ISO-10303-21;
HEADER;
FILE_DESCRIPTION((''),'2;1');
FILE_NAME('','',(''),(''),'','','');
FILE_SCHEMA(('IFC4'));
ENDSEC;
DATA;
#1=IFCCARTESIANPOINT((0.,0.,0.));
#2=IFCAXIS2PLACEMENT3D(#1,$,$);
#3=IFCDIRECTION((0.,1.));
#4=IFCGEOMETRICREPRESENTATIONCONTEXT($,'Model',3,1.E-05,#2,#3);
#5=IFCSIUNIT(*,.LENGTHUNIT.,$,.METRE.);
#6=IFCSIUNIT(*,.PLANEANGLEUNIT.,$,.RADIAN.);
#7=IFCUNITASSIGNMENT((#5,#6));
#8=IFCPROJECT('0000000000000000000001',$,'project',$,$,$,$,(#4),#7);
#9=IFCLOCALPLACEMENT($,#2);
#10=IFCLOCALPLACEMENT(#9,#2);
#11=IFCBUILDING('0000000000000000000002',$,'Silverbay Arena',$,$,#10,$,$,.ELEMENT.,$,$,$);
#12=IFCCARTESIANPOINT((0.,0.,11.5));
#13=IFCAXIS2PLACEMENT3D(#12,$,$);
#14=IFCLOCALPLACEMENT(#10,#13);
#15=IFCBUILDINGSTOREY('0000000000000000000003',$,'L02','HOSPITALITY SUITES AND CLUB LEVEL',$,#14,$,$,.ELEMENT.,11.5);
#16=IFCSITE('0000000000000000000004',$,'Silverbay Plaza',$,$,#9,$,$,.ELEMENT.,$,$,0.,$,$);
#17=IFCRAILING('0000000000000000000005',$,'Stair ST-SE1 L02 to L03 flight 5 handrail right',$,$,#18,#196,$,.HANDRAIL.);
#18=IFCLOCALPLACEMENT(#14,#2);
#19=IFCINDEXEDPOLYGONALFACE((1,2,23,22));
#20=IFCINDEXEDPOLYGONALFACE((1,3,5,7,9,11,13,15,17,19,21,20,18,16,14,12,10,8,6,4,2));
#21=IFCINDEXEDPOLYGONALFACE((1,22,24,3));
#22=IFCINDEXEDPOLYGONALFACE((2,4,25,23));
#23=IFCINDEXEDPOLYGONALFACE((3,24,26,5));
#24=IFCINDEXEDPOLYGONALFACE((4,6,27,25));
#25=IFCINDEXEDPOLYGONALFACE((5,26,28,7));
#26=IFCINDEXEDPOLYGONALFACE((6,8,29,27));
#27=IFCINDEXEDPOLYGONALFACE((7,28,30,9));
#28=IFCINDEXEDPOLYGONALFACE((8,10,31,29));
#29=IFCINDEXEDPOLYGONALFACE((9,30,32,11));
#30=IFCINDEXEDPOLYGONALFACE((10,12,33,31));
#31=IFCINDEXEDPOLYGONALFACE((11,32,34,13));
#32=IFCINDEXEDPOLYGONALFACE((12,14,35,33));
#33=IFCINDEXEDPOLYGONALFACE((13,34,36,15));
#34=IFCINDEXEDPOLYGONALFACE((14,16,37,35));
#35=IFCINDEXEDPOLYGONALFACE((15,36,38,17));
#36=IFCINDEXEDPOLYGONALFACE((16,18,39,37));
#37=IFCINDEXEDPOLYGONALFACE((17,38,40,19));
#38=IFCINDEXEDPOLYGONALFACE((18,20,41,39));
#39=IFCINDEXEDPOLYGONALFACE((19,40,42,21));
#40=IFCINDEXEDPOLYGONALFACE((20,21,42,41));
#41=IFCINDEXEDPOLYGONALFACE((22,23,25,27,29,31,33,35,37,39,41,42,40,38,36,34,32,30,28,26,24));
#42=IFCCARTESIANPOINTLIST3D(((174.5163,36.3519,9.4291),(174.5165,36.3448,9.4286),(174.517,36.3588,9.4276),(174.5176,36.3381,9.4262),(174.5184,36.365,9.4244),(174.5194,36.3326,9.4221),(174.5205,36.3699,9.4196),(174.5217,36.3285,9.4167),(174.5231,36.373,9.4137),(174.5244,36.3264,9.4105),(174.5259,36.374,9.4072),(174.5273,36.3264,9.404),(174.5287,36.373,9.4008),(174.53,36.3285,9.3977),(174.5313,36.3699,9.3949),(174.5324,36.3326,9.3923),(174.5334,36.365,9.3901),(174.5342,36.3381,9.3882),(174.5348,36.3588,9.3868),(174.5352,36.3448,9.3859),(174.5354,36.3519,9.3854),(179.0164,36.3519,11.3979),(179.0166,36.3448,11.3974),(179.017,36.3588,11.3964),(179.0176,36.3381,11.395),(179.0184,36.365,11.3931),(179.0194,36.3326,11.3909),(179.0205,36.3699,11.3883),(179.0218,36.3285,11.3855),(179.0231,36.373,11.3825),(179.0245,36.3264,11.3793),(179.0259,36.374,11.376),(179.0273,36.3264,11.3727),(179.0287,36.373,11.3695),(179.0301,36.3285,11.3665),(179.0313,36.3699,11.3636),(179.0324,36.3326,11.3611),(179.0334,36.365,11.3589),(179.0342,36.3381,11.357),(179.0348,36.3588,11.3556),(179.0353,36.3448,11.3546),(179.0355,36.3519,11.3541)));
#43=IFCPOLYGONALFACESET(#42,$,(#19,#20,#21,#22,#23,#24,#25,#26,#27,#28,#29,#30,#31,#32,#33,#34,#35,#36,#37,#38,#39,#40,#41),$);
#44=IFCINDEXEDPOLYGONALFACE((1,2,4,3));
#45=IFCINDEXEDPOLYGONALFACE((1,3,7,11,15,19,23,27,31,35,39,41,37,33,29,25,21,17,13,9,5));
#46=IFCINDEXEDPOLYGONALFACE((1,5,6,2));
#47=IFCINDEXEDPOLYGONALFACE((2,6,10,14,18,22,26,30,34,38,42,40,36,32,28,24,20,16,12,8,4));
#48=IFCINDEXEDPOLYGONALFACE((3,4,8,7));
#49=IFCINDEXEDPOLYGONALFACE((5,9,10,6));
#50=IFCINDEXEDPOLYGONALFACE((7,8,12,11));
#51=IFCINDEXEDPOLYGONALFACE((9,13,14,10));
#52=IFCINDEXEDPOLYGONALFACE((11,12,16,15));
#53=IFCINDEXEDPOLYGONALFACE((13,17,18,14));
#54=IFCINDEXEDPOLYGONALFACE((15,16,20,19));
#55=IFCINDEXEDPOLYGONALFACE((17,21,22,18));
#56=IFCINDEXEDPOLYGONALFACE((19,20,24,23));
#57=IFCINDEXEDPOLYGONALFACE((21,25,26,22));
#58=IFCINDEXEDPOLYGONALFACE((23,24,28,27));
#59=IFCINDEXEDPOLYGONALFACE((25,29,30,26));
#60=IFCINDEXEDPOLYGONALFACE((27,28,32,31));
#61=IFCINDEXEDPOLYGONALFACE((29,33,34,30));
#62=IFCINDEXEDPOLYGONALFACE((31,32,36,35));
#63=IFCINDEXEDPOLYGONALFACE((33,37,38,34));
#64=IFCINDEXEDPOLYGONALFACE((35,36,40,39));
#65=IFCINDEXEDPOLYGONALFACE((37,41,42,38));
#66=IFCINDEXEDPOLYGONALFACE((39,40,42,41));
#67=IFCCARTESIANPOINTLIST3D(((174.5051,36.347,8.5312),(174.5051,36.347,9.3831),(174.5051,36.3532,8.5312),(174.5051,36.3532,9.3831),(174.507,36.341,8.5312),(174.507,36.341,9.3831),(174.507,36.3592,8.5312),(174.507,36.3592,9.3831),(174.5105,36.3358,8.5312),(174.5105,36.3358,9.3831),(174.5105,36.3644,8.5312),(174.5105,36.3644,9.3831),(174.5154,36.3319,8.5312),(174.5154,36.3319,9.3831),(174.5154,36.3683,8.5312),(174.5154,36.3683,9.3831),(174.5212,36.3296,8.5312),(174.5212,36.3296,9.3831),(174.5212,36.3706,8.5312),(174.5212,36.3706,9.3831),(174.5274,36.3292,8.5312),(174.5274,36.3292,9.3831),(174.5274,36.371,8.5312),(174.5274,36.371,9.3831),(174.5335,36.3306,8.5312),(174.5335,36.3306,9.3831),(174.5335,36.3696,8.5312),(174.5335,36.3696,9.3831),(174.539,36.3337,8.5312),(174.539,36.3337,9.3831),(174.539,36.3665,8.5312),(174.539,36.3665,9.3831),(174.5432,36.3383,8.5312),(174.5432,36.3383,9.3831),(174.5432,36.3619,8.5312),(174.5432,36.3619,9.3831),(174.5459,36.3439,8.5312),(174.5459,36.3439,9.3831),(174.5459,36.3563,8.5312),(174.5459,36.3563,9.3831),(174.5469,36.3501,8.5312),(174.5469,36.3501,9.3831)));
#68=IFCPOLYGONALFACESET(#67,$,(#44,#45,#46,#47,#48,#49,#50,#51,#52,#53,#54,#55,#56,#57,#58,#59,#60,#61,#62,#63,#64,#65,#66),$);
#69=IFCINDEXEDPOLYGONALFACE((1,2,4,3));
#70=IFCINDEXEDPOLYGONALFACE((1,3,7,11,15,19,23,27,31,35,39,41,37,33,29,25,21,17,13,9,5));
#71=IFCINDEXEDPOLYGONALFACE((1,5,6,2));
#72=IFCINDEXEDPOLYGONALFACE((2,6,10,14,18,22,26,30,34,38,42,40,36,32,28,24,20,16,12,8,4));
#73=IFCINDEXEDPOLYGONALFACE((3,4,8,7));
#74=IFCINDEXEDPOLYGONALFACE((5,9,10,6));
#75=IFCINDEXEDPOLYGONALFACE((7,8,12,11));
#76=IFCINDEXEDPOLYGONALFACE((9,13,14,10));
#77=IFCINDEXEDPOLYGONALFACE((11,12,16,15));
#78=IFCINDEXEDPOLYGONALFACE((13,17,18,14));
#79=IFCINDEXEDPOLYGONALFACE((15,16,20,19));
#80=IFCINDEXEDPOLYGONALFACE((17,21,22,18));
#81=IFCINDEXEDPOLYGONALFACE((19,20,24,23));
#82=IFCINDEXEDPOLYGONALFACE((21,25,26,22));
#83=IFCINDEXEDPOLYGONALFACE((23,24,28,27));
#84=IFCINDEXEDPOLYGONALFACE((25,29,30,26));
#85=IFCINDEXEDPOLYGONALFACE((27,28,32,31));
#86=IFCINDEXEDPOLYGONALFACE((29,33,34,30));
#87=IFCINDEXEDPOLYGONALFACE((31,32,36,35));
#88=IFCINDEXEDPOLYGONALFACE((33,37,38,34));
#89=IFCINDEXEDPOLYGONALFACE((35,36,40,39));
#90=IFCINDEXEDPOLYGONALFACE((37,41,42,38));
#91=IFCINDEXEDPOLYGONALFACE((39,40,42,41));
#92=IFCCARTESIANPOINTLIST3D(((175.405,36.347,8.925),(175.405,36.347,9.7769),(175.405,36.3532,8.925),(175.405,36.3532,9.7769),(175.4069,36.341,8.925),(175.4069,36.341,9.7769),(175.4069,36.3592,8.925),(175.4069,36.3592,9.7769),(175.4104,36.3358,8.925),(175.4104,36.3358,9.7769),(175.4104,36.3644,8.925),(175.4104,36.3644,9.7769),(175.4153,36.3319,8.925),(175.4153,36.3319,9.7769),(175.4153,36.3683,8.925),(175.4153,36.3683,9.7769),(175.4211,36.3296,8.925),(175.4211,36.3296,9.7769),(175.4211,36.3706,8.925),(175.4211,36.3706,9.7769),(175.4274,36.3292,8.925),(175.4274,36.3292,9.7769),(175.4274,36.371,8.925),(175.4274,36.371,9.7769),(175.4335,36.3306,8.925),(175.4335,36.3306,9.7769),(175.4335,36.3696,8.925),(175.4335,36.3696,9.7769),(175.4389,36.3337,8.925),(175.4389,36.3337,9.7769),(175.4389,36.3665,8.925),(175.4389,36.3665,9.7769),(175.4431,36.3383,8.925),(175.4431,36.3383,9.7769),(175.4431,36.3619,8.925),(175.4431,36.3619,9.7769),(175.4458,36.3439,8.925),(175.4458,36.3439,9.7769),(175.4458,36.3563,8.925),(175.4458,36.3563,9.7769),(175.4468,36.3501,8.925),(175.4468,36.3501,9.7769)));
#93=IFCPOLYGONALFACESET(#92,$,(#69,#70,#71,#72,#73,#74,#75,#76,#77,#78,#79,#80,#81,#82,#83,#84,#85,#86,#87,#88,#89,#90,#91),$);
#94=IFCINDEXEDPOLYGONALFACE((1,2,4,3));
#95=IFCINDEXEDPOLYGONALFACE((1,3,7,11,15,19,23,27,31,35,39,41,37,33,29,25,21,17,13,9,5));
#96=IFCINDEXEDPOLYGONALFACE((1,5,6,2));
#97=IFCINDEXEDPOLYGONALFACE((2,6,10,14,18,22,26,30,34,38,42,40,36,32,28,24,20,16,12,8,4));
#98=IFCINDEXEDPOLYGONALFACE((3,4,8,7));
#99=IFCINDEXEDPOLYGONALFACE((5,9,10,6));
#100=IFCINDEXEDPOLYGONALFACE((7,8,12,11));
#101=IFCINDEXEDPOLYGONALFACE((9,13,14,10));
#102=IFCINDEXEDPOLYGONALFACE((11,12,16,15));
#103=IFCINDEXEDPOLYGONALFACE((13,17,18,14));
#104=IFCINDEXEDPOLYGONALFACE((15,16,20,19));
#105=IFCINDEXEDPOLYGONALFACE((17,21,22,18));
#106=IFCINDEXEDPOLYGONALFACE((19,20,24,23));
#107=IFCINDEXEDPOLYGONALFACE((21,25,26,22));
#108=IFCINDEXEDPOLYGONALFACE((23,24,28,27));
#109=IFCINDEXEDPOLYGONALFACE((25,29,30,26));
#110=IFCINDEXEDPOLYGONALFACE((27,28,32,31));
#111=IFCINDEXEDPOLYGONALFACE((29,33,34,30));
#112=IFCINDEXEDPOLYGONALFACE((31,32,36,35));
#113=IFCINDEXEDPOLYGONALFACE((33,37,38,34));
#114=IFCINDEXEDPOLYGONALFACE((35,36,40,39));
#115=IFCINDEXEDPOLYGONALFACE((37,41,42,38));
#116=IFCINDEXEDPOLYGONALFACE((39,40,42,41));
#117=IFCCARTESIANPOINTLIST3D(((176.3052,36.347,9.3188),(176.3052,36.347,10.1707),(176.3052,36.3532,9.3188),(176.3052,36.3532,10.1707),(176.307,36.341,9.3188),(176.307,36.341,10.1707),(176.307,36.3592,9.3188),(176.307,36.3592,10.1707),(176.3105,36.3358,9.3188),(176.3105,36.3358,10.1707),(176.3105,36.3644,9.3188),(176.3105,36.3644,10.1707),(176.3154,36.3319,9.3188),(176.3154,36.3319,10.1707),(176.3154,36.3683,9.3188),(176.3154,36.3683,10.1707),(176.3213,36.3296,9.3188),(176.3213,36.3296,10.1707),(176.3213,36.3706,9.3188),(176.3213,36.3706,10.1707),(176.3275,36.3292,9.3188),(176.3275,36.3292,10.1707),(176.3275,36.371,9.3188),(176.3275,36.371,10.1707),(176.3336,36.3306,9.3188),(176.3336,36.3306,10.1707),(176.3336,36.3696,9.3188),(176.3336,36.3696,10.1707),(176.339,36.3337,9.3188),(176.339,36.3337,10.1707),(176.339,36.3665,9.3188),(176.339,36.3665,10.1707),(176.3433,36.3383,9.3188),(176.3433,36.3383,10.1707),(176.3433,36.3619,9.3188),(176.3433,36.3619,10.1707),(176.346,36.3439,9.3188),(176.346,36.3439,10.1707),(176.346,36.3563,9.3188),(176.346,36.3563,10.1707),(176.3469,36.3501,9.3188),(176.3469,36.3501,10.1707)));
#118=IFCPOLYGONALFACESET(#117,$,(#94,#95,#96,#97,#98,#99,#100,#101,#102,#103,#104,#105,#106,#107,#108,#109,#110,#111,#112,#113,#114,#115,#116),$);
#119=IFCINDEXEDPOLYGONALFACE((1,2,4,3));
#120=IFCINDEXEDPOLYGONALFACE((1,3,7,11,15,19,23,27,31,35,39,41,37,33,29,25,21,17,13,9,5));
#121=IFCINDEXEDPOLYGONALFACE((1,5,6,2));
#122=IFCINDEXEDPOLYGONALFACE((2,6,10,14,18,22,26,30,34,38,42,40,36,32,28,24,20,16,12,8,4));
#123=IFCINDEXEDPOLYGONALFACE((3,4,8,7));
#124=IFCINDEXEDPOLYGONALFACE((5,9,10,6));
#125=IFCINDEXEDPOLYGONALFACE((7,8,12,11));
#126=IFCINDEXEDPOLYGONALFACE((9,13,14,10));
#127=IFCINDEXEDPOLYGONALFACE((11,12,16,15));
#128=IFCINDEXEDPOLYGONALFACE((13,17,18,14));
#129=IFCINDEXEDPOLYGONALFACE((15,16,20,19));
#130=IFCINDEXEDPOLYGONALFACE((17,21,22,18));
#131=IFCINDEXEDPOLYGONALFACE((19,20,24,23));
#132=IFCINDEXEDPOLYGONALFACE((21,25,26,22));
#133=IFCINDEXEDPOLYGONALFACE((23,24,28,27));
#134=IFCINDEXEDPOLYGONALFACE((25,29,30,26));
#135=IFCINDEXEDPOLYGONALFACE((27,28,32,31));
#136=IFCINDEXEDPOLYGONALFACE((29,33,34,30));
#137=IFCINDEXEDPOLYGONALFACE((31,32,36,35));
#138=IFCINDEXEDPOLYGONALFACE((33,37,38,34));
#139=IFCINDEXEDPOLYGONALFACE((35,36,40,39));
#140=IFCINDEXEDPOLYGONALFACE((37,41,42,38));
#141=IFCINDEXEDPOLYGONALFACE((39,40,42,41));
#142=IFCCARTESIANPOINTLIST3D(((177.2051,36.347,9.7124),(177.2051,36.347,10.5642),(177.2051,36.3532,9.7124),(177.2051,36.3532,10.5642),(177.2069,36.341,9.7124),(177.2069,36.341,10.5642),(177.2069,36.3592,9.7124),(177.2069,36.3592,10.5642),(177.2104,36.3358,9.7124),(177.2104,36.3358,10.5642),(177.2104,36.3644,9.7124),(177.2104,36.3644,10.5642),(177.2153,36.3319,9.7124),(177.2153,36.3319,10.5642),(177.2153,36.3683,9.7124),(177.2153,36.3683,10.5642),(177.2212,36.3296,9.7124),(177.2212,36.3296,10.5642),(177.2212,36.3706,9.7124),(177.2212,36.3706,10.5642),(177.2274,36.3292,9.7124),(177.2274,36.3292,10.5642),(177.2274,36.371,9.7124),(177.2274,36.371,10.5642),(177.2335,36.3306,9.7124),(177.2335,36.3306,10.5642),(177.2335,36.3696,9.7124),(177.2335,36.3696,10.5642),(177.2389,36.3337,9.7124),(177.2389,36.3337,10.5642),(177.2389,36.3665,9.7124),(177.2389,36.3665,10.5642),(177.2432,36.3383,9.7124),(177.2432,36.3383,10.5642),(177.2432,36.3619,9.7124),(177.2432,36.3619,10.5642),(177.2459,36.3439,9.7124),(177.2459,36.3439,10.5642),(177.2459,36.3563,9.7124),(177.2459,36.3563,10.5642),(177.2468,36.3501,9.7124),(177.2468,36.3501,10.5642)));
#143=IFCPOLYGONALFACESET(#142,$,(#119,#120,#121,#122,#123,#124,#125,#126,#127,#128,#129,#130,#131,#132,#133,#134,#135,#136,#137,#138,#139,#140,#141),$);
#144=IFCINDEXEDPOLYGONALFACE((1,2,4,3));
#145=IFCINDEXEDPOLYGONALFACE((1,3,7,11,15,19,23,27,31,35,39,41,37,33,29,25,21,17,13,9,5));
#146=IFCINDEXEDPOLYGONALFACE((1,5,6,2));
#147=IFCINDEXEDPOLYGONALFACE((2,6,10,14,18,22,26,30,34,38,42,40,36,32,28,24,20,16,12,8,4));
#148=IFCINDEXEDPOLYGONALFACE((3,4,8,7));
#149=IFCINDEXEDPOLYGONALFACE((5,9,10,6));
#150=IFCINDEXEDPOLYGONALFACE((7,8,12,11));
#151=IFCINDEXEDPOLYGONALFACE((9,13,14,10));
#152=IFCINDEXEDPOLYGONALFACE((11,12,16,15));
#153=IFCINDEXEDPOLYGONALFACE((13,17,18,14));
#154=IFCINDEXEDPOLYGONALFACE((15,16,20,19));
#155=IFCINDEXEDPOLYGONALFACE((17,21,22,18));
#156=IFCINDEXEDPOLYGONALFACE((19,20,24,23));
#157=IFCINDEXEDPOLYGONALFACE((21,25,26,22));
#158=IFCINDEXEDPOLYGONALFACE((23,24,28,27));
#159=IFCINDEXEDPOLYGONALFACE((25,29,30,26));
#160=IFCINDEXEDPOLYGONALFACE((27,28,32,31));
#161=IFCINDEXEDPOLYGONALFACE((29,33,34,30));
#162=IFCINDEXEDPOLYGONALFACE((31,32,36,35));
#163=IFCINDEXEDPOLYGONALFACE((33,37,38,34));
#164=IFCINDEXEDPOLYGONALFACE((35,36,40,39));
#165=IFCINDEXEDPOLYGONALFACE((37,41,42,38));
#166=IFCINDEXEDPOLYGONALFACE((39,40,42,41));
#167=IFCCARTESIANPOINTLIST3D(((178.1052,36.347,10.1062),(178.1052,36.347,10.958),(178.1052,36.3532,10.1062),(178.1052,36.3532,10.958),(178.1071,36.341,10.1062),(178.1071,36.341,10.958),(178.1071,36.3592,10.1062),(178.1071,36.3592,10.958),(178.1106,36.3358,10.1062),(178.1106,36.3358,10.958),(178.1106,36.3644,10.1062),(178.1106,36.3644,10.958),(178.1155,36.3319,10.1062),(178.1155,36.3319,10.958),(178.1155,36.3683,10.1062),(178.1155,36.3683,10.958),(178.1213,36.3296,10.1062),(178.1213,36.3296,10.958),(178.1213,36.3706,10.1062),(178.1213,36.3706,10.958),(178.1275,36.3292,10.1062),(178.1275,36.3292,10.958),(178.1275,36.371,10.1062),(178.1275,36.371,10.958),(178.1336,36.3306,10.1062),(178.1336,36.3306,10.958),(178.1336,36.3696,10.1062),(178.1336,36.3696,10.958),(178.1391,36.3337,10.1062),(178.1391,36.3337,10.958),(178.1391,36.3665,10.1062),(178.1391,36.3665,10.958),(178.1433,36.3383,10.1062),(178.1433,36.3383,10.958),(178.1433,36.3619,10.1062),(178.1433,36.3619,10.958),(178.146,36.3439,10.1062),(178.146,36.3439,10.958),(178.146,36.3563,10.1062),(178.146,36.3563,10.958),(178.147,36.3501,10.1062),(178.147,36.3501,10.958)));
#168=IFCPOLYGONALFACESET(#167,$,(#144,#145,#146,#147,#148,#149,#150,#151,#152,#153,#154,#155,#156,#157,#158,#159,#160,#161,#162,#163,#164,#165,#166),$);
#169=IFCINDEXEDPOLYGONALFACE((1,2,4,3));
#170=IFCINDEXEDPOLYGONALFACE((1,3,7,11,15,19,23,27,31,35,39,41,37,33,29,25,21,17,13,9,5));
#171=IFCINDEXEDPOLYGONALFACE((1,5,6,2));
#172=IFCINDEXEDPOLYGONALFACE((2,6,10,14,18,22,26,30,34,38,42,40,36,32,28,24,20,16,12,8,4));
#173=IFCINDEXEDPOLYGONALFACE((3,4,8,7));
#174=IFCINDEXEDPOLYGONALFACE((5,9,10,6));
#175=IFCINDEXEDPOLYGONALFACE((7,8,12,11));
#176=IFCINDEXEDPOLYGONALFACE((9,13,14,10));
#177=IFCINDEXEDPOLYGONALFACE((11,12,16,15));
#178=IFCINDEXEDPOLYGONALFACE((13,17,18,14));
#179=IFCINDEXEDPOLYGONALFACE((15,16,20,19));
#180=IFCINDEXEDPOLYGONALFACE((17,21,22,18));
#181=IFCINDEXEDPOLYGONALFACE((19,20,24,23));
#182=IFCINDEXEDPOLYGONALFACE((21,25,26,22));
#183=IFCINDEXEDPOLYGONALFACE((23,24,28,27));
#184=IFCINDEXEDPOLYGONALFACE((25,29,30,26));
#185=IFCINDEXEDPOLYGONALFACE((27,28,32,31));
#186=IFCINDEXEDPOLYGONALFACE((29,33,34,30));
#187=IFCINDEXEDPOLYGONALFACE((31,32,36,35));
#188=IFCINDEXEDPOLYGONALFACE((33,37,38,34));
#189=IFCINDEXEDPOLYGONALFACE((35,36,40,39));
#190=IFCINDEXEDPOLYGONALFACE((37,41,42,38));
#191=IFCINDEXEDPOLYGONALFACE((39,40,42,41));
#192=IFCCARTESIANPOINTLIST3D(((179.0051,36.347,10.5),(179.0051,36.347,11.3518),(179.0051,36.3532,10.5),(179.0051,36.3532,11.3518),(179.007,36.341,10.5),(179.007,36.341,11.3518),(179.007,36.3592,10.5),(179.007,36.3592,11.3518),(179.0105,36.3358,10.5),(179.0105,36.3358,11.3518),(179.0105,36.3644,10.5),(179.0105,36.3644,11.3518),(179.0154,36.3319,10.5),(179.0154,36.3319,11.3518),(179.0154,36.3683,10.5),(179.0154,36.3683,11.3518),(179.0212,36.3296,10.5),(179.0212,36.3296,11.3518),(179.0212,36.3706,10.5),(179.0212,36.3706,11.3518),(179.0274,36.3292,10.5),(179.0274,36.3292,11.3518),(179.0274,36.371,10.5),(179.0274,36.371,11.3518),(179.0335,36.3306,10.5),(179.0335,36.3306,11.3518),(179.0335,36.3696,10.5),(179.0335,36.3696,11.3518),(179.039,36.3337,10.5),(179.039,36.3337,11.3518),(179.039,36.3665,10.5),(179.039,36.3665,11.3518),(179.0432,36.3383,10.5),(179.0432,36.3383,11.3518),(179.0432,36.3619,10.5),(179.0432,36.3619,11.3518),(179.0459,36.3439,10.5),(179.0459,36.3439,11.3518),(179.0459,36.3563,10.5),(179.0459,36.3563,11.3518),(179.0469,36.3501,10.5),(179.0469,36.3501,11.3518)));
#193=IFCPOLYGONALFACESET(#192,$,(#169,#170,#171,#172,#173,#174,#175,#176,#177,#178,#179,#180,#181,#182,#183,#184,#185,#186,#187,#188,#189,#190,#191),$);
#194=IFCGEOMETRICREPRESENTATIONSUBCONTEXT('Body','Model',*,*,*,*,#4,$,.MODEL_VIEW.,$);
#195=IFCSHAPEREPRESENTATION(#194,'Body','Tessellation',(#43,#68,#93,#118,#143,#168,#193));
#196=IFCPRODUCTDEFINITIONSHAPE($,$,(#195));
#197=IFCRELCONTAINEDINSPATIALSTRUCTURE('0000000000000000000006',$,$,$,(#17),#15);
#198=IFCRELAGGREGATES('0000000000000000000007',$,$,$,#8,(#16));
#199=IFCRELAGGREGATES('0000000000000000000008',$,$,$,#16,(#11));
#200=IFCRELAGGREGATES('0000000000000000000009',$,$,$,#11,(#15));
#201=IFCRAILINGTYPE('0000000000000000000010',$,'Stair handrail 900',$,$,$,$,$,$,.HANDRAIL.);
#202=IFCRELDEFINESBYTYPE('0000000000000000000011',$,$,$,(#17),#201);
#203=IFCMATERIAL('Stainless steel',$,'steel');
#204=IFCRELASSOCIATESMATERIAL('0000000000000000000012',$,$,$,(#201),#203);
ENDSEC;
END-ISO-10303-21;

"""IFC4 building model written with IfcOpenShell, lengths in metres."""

from ifc_helpers import new_model, si_unit, direction, frame, origin, origin_2d, place, context, subcontext, project, spatial, circle, extrude, material, type_object, element, save


model = new_model("IFC4")

# Units and contexts
model_context = context("Model", 3, precision=1e-05, world=origin(), true_north=direction((0.0, 1.0)))
body_context = subcontext(model_context, "Body", "Model", "MODEL_VIEW")
ifc_project = project(units=[si_unit("LENGTHUNIT", "METRE"), si_unit("PLANEANGLEUNIT", "RADIAN")], contexts=[model_context])

# Site, building, storey
site_placement = place(None, origin())
site = spatial("IfcSite", under=ifc_project, at=site_placement, Name="Silverbay Plaza", CompositionType="ELEMENT", RefElevation=0.0)
building_placement = place(site_placement, origin())
building = spatial("IfcBuilding", under=site, at=building_placement, Name="Silverbay Arena", CompositionType="ELEMENT")
storey_placement = place(building_placement, frame((0.0, 0.0, 11.5)))
storey = spatial("IfcBuildingStorey", under=building, at=storey_placement, Name="L02", Description="HOSPITALITY SUITES AND CLUB LEVEL", CompositionType="ELEMENT", Elevation=11.5)

# Railing
ifc_material_1 = material(Name="Stainless steel", Category="steel")
railing_type_1 = type_object("IfcRailingType", Name="Stair handrail 900", PredefinedType="HANDRAIL", material=ifc_material_1)
for number, where, name in (
    (1, (174.5259, 36.3501, 8.5312), "Stair ST-SE1 L02 to L03 flight 5 handrail right"),
):
    element("IfcRailing", number, at=place(storey_placement, frame(where)), inside=storey, type_object=railing_type_1, Name=name, PredefinedType="HANDRAIL", context=body_context, shape_type="SweptSolid", body=[
        extrude(circle(Radius=0.0239, at=origin_2d()), frame((0.0, 0.0, 0.876), z_axis=(0.916157, 0.0, 0.400819), x_axis=(0.0, 1.0, 0.0)), (0.0, 0.0, 1.0), 4.9119),
        extrude(circle(Radius=0.021, at=origin_2d()), origin(), (0.0, 0.0, 1.0), 0.8518),
        extrude(circle(Radius=0.021, at=origin_2d()), frame((0.8999, 0.0, 0.3938)), (0.0, 0.0, 1.0), 0.8518),
        extrude(circle(Radius=0.021, at=origin_2d()), frame((1.8, 0.0, 0.7876)), (0.0, 0.0, 1.0), 0.8518),
        extrude(circle(Radius=0.021, at=origin_2d()), frame((2.7, 0.0, 1.1812)), (0.0, 0.0, 1.0), 0.8518),
        extrude(circle(Radius=0.021, at=origin_2d()), frame((3.6001, 0.0, 1.575)), (0.0, 0.0, 1.0), 0.8518),
        extrude(circle(Radius=0.021, at=origin_2d()), frame((4.5, 0.0, 1.9688)), (0.0, 0.0, 1.0), 0.8518),
    ])

save(model, "model.ifc")
